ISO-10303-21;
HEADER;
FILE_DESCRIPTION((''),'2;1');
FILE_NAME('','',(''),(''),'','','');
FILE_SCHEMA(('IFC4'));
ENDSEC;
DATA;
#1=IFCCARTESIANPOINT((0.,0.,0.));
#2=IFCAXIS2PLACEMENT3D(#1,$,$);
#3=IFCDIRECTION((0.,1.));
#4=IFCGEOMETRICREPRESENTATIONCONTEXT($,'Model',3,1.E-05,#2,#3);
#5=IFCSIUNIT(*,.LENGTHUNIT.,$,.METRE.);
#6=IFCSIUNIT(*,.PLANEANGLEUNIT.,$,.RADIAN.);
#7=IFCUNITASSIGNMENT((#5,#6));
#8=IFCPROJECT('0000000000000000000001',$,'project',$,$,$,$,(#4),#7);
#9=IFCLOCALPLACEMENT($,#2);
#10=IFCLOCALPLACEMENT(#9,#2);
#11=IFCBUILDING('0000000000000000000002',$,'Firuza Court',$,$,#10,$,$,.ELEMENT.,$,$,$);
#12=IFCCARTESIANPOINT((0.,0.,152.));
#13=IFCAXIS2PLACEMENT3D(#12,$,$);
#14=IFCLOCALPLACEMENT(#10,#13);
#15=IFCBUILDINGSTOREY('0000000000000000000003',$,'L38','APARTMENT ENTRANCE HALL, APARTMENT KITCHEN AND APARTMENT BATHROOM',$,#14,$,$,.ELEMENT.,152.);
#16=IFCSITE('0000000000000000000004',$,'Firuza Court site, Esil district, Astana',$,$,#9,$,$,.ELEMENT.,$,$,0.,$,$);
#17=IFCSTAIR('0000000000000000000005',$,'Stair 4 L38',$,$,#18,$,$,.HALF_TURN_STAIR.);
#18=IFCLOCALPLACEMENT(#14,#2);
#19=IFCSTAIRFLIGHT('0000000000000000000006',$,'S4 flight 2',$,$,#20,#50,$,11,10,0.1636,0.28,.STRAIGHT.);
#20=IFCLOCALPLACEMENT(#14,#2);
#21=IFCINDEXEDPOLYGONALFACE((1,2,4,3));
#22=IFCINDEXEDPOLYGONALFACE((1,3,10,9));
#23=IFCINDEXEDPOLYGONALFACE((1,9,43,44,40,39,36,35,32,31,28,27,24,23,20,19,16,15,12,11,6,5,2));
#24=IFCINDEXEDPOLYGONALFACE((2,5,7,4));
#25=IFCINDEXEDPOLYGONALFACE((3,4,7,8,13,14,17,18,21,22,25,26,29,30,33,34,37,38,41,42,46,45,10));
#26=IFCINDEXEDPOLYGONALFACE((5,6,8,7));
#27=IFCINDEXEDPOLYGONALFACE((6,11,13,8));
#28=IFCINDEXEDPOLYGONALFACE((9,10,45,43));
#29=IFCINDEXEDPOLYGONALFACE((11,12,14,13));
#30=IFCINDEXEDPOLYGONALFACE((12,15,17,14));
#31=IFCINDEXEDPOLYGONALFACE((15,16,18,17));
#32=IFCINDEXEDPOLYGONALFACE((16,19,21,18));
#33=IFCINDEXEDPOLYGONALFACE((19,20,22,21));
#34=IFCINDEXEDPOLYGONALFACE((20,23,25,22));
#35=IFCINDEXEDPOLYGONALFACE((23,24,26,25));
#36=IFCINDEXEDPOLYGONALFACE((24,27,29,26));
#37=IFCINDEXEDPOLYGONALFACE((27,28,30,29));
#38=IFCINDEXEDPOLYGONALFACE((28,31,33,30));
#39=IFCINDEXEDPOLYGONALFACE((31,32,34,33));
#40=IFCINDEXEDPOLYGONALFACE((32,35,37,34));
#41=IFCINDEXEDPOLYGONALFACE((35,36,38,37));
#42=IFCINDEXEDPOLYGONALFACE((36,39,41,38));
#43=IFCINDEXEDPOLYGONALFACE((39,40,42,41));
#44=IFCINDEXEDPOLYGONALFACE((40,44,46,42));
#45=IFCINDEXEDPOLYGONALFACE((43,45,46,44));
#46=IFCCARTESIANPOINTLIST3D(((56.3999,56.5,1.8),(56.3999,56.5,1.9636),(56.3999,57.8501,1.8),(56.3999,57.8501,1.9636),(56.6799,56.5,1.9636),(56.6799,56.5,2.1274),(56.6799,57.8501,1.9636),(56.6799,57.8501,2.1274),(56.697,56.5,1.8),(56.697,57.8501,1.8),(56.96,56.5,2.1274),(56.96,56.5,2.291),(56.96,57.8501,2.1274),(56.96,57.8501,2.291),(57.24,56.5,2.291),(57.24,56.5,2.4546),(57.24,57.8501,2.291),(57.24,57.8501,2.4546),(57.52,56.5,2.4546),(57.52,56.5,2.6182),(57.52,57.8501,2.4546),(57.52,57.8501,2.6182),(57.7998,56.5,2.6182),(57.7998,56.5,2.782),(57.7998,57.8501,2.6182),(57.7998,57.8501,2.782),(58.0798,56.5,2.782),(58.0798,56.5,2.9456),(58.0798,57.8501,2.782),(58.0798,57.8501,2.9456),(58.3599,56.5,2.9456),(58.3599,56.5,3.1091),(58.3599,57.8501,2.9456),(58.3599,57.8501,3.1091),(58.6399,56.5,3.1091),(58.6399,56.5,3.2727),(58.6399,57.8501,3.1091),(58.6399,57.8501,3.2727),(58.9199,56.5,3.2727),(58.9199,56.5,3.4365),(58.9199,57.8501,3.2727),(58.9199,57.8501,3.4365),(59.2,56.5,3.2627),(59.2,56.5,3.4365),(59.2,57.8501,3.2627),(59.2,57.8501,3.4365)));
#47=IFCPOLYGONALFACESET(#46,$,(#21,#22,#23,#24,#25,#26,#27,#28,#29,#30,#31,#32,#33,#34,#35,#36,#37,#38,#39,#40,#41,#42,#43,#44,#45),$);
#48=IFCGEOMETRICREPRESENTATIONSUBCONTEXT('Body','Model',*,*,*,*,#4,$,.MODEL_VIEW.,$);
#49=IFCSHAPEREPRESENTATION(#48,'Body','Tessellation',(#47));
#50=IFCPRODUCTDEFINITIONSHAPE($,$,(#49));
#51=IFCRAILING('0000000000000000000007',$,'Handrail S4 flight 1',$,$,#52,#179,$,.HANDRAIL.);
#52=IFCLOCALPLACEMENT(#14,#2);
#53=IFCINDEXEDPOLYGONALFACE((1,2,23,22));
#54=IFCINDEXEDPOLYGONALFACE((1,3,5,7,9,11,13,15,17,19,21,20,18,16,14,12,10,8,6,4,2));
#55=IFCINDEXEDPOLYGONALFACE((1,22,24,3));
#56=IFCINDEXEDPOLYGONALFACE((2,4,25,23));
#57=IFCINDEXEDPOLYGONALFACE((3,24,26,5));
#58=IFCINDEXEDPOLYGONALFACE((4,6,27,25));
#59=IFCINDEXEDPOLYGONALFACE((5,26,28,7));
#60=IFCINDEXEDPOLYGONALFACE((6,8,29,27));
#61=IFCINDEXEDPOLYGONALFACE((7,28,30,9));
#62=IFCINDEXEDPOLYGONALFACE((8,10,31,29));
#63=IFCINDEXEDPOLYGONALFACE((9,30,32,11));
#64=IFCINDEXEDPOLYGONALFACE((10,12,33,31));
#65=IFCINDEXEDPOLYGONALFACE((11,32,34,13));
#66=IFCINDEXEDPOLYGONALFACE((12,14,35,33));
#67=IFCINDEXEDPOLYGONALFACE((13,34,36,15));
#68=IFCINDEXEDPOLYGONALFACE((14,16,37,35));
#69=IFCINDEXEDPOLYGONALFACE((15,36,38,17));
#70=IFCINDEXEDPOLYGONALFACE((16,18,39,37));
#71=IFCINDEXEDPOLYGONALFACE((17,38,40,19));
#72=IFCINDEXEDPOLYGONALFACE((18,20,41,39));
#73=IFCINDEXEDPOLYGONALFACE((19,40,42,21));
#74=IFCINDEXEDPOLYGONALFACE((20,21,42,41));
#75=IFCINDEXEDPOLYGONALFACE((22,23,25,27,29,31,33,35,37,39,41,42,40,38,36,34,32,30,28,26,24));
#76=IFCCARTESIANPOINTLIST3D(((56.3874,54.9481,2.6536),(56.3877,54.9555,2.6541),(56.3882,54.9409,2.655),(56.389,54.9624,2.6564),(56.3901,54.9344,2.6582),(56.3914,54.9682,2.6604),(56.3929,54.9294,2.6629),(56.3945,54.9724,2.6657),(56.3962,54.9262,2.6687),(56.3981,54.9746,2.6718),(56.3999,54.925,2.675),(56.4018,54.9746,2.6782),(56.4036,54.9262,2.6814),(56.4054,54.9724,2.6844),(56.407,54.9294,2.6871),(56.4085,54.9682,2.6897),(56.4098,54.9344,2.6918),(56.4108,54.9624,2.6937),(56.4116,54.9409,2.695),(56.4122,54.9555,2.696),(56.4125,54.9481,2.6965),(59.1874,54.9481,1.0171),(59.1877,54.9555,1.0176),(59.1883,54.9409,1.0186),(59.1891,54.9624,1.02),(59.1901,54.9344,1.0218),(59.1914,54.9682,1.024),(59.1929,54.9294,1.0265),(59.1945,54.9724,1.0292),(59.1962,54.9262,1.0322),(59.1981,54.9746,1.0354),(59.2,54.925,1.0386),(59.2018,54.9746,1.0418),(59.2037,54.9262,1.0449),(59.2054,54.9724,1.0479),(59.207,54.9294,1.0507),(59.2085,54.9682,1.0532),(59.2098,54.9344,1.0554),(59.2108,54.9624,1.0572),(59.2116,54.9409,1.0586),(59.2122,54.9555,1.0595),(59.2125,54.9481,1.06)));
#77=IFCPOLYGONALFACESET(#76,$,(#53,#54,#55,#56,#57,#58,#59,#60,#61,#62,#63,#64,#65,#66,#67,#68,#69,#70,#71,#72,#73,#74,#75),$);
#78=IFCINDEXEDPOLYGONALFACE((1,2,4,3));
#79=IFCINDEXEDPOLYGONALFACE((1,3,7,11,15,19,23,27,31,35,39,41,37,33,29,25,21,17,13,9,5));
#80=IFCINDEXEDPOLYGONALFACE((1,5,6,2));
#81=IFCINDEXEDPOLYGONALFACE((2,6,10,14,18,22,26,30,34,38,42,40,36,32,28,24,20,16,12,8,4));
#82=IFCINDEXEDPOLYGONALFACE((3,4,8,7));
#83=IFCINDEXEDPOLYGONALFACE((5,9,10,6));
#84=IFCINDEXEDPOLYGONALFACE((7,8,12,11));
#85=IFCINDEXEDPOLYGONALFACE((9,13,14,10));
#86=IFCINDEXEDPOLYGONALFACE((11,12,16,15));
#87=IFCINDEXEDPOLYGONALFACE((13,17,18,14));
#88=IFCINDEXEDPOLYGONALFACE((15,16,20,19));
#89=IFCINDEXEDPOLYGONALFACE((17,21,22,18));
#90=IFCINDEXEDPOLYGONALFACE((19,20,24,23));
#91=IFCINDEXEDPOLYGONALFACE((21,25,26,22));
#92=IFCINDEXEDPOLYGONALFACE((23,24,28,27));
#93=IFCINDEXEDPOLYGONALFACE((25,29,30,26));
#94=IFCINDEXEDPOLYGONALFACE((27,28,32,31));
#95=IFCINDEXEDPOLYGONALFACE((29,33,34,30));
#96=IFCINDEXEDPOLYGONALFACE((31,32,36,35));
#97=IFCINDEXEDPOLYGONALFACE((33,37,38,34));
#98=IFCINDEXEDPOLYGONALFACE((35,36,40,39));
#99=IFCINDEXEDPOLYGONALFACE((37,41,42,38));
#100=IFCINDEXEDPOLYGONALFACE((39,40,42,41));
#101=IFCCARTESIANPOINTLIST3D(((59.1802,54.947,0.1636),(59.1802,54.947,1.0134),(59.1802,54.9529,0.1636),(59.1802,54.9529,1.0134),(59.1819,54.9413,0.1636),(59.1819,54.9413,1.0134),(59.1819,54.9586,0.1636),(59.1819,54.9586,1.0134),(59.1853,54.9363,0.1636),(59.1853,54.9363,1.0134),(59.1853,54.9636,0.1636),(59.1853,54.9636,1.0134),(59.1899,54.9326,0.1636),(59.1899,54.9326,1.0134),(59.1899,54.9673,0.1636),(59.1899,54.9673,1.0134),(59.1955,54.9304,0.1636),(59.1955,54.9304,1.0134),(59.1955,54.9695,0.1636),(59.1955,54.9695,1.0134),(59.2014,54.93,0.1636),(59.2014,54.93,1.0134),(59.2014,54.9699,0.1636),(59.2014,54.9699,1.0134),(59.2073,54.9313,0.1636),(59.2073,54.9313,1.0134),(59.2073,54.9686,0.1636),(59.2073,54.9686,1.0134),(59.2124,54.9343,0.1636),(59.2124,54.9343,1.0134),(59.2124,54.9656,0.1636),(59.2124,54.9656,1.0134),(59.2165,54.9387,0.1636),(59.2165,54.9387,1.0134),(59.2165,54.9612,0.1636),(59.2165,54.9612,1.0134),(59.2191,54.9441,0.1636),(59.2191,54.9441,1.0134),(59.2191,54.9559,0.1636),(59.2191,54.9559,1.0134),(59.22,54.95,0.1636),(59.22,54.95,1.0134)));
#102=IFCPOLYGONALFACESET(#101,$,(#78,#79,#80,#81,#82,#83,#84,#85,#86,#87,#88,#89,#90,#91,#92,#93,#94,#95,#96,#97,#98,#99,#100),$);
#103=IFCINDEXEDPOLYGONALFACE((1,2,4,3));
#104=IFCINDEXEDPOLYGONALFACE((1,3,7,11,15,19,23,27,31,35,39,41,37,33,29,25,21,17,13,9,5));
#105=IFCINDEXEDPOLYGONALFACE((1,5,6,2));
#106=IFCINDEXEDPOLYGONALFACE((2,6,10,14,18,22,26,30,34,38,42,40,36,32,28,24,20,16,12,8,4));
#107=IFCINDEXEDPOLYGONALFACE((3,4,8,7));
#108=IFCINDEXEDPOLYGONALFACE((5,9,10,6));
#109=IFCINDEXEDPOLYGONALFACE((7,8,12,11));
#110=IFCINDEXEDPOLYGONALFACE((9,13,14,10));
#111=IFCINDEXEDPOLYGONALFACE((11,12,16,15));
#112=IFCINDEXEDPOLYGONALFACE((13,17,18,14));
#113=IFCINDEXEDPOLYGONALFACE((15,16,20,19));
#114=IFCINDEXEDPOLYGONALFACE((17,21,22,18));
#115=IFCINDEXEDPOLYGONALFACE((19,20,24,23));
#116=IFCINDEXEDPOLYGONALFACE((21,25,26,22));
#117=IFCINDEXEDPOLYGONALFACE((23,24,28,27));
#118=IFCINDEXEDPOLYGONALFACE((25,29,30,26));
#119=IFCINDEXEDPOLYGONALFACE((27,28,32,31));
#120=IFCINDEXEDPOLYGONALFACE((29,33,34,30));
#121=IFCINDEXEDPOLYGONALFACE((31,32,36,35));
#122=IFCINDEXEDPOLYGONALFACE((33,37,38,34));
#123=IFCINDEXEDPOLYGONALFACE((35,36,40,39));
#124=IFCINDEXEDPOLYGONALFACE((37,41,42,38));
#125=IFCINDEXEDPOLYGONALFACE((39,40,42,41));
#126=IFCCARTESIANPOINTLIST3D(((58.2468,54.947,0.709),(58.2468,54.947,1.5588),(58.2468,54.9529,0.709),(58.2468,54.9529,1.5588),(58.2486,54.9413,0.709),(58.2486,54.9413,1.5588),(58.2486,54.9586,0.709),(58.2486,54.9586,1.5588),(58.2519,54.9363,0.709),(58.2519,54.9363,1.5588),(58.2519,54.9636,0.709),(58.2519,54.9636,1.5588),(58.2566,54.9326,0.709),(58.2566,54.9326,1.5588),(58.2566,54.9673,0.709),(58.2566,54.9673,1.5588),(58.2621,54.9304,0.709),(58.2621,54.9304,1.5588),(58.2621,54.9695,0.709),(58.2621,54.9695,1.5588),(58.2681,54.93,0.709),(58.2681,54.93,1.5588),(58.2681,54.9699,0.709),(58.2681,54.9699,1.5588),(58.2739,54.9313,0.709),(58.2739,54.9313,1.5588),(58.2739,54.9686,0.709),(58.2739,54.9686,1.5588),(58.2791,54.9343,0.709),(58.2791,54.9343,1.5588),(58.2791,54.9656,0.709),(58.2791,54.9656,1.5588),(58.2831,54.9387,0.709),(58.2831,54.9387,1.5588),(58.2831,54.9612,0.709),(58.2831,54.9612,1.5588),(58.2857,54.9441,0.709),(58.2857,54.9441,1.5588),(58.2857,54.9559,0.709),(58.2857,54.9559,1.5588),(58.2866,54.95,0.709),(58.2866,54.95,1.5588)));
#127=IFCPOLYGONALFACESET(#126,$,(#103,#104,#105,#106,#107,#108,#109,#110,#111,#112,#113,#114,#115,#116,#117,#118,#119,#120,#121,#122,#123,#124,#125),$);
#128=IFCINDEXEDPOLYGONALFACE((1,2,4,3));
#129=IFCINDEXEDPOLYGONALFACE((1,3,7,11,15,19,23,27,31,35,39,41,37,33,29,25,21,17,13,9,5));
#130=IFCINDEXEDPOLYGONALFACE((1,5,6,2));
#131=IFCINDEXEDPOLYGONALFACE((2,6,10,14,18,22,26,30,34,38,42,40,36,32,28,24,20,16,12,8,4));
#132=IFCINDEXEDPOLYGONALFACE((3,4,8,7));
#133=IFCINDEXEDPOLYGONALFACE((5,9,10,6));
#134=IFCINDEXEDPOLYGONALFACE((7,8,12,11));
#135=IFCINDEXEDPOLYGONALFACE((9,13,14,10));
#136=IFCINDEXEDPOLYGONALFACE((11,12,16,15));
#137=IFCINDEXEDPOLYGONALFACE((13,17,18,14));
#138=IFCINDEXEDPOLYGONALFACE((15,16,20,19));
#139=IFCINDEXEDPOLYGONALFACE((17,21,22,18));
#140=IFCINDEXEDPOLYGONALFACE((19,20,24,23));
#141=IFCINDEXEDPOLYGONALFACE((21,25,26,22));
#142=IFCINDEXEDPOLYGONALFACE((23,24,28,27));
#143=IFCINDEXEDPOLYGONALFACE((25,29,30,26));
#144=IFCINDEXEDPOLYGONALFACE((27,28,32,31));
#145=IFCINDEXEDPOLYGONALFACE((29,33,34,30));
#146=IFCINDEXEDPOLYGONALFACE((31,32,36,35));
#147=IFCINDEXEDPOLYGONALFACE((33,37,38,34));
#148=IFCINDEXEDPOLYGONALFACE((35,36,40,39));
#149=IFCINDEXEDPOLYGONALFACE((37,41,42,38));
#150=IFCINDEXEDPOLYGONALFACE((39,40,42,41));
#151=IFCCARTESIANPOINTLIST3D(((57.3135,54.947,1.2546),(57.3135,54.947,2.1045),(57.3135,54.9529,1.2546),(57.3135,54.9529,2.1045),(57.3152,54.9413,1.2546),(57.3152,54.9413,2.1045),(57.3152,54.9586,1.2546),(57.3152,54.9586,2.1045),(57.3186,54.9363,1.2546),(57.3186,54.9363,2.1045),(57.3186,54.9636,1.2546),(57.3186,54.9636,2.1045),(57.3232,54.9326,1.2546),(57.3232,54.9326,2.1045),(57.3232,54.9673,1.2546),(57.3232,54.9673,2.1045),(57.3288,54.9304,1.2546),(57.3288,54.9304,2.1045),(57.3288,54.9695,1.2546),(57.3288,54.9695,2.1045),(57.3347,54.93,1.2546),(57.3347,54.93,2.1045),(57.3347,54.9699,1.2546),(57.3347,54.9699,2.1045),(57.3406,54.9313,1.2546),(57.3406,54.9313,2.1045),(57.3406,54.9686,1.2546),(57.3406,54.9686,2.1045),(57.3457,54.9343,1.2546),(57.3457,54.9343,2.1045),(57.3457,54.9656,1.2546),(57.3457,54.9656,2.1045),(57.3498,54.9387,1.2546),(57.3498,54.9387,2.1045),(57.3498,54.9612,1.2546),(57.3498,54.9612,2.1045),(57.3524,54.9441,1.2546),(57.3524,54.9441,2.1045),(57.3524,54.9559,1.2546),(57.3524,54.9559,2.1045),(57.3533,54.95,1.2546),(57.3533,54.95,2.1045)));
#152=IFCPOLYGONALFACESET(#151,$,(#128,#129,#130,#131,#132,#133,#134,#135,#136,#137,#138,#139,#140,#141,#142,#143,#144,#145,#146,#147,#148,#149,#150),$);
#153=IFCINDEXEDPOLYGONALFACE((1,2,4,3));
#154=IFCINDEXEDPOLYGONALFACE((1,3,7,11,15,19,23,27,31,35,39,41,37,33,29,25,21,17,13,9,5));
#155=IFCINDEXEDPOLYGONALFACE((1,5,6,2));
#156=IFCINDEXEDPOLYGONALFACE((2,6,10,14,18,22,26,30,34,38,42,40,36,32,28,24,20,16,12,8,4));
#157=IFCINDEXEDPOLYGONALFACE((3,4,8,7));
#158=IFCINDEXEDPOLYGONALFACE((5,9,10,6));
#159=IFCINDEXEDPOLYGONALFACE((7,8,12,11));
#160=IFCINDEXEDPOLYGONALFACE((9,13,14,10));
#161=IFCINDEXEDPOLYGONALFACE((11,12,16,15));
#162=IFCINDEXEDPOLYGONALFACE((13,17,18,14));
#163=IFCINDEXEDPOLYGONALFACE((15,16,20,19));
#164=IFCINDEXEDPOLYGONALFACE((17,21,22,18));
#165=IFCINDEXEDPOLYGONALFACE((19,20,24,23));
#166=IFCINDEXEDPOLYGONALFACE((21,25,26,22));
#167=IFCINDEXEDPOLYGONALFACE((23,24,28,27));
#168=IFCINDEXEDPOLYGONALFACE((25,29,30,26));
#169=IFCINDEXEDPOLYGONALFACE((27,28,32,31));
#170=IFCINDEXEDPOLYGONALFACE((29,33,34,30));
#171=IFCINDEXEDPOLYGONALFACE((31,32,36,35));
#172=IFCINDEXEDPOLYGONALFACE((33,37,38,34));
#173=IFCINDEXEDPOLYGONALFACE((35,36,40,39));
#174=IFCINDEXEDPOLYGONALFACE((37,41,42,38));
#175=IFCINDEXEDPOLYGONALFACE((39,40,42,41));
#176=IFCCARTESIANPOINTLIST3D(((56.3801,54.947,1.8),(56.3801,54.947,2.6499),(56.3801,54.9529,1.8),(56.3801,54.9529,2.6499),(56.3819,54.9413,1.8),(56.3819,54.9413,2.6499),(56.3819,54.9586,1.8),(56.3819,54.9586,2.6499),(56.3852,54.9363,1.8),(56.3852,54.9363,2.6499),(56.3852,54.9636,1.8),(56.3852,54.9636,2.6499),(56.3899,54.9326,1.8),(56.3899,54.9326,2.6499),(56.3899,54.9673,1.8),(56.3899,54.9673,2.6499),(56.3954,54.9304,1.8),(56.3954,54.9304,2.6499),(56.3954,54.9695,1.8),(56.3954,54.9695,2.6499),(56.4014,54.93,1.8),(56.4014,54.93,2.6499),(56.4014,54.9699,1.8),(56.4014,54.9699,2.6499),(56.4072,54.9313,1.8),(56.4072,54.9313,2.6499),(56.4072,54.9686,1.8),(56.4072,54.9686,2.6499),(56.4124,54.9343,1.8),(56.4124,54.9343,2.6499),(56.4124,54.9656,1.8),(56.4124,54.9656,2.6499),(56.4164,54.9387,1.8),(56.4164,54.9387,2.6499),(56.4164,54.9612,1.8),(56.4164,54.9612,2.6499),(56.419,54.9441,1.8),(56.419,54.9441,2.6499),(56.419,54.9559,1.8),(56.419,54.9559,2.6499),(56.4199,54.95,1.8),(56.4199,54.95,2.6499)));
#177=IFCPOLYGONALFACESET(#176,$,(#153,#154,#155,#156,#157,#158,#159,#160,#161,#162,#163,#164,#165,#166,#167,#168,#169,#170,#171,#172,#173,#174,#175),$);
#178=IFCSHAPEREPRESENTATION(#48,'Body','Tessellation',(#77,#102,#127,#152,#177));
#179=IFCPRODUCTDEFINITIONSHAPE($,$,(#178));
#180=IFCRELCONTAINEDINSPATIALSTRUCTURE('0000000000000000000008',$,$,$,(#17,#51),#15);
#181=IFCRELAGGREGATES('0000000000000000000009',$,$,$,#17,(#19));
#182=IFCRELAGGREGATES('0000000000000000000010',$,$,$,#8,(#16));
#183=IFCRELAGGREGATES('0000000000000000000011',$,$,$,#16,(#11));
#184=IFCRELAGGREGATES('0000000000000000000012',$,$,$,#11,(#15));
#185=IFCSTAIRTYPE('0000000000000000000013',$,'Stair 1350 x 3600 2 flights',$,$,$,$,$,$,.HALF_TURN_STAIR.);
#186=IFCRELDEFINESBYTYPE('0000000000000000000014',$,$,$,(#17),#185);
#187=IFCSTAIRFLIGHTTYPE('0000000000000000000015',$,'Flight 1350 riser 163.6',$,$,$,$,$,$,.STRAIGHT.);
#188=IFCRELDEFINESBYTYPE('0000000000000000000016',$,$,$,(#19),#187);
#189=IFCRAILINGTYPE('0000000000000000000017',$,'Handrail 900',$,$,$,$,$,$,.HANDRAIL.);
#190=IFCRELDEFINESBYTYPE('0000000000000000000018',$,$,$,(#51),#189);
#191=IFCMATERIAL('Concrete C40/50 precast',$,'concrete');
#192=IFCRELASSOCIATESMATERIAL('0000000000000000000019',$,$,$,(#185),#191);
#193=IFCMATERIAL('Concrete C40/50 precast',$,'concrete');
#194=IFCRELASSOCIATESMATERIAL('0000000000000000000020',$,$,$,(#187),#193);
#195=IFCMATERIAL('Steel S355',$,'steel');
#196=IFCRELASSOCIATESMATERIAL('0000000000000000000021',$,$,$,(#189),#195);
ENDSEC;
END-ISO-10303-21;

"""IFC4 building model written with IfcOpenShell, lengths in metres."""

from ifc_helpers import new_model, si_unit, direction, frame, origin, origin_2d, place, context, subcontext, project, spatial, polyline, circle, outline, extrude, material, type_object, element, aggregate, save


model = new_model("IFC4")

# Units and contexts
model_context = context("Model", 3, precision=1e-05, world=origin(), true_north=direction((0.0, 1.0)))
body_context = subcontext(model_context, "Body", "Model", "MODEL_VIEW")
ifc_project = project(units=[si_unit("LENGTHUNIT", "METRE"), si_unit("PLANEANGLEUNIT", "RADIAN")], contexts=[model_context])

# Site, building, storey
site_placement = place(None, origin())
site = spatial("IfcSite", under=ifc_project, at=site_placement, Name="Firuza Court site, Esil district, Astana", CompositionType="ELEMENT", RefElevation=0.0)
building_placement = place(site_placement, origin())
building = spatial("IfcBuilding", under=site, at=building_placement, Name="Firuza Court", CompositionType="ELEMENT")
storey_placement = place(building_placement, frame((0.0, 0.0, 152.0)))
storey = spatial("IfcBuildingStorey", under=building, at=storey_placement, Name="L38", Description="APARTMENT ENTRANCE HALL, APARTMENT KITCHEN AND APARTMENT BATHROOM", CompositionType="ELEMENT", Elevation=152.0)

# Stair, stair flight
ifc_material_1 = material(Name="Concrete C40/50 precast", Category="concrete")
stair_type = type_object("IfcStairType", Name="Stair 1350 x 3600 2 flights", PredefinedType="HALF_TURN_STAIR", material=ifc_material_1)
stair_placement = place(storey_placement, origin())
stair = element("IfcStair", 1, at=stair_placement, inside=storey, type_object=stair_type, Name="Stair 4 L38", PredefinedType="HALF_TURN_STAIR")
ifc_material_2 = material(Name="Concrete C40/50 precast", Category="concrete")
stair_flight_type = type_object("IfcStairFlightType", Name="Flight 1350 riser 163.6", PredefinedType="STRAIGHT", material=ifc_material_2)
stair_flight_1_placement = place(storey_placement, frame((56.3999, 57.175, 1.8), z_axis=(0.0, 0.0, 1.0), x_axis=(1.0, 0.0, 0.0)))
stair_flight_1 = element("IfcStairFlight", 2, at=stair_flight_1_placement, type_object=stair_flight_type, Name="S4 flight 2", NumberOfRisers=11, NumberOfTreads=10, PredefinedType="STRAIGHT", RiserHeight=0.1636, TreadLength=0.28, context=body_context, shape_type="SweptSolid", body=[
    extrude(outline(polyline([(0.0, 0.0), (0.0, 0.1636), (0.28, 0.1636), (0.28, 0.3274), (0.5601, 0.3274), (0.5601, 0.491), (0.8401, 0.491), (0.8401, 0.6545), (1.1201, 0.6545), (1.1201, 0.8181), (1.3999, 0.8181), (1.3999, 0.9819), (1.6799, 0.9819), (1.6799, 1.1455), (1.96, 1.1455), (1.96, 1.3091), (2.24, 1.3091), (2.24, 1.4727), (2.52, 1.4727), (2.52, 1.6365), (2.8, 1.6365), (2.8, 1.8), (2.8, 1.4626), (0.2971, 0.0), (0.0, 0.0)])), frame((0.0, 0.675, 0.0), z_axis=(0.0, -1.0, 0.0), x_axis=(1.0, 0.0, 0.0)), (0.0, 0.0, 1.0), 1.3501),
])
aggregate(stair, [stair_flight_1])

# Railing
ifc_material_3 = material(Name="Steel S355", Category="steel")
railing_type_1 = type_object("IfcRailingType", Name="Handrail 900", PredefinedType="HANDRAIL", material=ifc_material_3)
railing_1_placement = place(storey_placement, frame((59.2, 54.95, 0.1636)))
element("IfcRailing", 3, at=railing_1_placement, inside=storey, type_object=railing_type_1, Name="Handrail S4 flight 1", PredefinedType="HANDRAIL", context=body_context, shape_type="SweptSolid", body=[
    extrude(circle(Radius=0.0249, at=origin_2d()), frame((0.0, 0.0, 0.875), z_axis=(-0.863361, 0.0, 0.504587), x_axis=(0.0, -1.0, 0.0)), (0.0, 0.0, 1.0), 3.2432),
    extrude(circle(Radius=0.02, at=origin_2d()), origin(), (0.0, 0.0, 1.0), 0.8499),
    extrude(circle(Radius=0.02, at=origin_2d()), frame((-0.9333, 0.0, 0.5454)), (0.0, 0.0, 1.0), 0.8499),
    extrude(circle(Radius=0.02, at=origin_2d()), frame((-1.8667, 0.0, 1.0911)), (0.0, 0.0, 1.0), 0.8499),
    extrude(circle(Radius=0.02, at=origin_2d()), frame((-2.8, 0.0, 1.6365)), (0.0, 0.0, 1.0), 0.8499),
])

save(model, "model.ifc")
